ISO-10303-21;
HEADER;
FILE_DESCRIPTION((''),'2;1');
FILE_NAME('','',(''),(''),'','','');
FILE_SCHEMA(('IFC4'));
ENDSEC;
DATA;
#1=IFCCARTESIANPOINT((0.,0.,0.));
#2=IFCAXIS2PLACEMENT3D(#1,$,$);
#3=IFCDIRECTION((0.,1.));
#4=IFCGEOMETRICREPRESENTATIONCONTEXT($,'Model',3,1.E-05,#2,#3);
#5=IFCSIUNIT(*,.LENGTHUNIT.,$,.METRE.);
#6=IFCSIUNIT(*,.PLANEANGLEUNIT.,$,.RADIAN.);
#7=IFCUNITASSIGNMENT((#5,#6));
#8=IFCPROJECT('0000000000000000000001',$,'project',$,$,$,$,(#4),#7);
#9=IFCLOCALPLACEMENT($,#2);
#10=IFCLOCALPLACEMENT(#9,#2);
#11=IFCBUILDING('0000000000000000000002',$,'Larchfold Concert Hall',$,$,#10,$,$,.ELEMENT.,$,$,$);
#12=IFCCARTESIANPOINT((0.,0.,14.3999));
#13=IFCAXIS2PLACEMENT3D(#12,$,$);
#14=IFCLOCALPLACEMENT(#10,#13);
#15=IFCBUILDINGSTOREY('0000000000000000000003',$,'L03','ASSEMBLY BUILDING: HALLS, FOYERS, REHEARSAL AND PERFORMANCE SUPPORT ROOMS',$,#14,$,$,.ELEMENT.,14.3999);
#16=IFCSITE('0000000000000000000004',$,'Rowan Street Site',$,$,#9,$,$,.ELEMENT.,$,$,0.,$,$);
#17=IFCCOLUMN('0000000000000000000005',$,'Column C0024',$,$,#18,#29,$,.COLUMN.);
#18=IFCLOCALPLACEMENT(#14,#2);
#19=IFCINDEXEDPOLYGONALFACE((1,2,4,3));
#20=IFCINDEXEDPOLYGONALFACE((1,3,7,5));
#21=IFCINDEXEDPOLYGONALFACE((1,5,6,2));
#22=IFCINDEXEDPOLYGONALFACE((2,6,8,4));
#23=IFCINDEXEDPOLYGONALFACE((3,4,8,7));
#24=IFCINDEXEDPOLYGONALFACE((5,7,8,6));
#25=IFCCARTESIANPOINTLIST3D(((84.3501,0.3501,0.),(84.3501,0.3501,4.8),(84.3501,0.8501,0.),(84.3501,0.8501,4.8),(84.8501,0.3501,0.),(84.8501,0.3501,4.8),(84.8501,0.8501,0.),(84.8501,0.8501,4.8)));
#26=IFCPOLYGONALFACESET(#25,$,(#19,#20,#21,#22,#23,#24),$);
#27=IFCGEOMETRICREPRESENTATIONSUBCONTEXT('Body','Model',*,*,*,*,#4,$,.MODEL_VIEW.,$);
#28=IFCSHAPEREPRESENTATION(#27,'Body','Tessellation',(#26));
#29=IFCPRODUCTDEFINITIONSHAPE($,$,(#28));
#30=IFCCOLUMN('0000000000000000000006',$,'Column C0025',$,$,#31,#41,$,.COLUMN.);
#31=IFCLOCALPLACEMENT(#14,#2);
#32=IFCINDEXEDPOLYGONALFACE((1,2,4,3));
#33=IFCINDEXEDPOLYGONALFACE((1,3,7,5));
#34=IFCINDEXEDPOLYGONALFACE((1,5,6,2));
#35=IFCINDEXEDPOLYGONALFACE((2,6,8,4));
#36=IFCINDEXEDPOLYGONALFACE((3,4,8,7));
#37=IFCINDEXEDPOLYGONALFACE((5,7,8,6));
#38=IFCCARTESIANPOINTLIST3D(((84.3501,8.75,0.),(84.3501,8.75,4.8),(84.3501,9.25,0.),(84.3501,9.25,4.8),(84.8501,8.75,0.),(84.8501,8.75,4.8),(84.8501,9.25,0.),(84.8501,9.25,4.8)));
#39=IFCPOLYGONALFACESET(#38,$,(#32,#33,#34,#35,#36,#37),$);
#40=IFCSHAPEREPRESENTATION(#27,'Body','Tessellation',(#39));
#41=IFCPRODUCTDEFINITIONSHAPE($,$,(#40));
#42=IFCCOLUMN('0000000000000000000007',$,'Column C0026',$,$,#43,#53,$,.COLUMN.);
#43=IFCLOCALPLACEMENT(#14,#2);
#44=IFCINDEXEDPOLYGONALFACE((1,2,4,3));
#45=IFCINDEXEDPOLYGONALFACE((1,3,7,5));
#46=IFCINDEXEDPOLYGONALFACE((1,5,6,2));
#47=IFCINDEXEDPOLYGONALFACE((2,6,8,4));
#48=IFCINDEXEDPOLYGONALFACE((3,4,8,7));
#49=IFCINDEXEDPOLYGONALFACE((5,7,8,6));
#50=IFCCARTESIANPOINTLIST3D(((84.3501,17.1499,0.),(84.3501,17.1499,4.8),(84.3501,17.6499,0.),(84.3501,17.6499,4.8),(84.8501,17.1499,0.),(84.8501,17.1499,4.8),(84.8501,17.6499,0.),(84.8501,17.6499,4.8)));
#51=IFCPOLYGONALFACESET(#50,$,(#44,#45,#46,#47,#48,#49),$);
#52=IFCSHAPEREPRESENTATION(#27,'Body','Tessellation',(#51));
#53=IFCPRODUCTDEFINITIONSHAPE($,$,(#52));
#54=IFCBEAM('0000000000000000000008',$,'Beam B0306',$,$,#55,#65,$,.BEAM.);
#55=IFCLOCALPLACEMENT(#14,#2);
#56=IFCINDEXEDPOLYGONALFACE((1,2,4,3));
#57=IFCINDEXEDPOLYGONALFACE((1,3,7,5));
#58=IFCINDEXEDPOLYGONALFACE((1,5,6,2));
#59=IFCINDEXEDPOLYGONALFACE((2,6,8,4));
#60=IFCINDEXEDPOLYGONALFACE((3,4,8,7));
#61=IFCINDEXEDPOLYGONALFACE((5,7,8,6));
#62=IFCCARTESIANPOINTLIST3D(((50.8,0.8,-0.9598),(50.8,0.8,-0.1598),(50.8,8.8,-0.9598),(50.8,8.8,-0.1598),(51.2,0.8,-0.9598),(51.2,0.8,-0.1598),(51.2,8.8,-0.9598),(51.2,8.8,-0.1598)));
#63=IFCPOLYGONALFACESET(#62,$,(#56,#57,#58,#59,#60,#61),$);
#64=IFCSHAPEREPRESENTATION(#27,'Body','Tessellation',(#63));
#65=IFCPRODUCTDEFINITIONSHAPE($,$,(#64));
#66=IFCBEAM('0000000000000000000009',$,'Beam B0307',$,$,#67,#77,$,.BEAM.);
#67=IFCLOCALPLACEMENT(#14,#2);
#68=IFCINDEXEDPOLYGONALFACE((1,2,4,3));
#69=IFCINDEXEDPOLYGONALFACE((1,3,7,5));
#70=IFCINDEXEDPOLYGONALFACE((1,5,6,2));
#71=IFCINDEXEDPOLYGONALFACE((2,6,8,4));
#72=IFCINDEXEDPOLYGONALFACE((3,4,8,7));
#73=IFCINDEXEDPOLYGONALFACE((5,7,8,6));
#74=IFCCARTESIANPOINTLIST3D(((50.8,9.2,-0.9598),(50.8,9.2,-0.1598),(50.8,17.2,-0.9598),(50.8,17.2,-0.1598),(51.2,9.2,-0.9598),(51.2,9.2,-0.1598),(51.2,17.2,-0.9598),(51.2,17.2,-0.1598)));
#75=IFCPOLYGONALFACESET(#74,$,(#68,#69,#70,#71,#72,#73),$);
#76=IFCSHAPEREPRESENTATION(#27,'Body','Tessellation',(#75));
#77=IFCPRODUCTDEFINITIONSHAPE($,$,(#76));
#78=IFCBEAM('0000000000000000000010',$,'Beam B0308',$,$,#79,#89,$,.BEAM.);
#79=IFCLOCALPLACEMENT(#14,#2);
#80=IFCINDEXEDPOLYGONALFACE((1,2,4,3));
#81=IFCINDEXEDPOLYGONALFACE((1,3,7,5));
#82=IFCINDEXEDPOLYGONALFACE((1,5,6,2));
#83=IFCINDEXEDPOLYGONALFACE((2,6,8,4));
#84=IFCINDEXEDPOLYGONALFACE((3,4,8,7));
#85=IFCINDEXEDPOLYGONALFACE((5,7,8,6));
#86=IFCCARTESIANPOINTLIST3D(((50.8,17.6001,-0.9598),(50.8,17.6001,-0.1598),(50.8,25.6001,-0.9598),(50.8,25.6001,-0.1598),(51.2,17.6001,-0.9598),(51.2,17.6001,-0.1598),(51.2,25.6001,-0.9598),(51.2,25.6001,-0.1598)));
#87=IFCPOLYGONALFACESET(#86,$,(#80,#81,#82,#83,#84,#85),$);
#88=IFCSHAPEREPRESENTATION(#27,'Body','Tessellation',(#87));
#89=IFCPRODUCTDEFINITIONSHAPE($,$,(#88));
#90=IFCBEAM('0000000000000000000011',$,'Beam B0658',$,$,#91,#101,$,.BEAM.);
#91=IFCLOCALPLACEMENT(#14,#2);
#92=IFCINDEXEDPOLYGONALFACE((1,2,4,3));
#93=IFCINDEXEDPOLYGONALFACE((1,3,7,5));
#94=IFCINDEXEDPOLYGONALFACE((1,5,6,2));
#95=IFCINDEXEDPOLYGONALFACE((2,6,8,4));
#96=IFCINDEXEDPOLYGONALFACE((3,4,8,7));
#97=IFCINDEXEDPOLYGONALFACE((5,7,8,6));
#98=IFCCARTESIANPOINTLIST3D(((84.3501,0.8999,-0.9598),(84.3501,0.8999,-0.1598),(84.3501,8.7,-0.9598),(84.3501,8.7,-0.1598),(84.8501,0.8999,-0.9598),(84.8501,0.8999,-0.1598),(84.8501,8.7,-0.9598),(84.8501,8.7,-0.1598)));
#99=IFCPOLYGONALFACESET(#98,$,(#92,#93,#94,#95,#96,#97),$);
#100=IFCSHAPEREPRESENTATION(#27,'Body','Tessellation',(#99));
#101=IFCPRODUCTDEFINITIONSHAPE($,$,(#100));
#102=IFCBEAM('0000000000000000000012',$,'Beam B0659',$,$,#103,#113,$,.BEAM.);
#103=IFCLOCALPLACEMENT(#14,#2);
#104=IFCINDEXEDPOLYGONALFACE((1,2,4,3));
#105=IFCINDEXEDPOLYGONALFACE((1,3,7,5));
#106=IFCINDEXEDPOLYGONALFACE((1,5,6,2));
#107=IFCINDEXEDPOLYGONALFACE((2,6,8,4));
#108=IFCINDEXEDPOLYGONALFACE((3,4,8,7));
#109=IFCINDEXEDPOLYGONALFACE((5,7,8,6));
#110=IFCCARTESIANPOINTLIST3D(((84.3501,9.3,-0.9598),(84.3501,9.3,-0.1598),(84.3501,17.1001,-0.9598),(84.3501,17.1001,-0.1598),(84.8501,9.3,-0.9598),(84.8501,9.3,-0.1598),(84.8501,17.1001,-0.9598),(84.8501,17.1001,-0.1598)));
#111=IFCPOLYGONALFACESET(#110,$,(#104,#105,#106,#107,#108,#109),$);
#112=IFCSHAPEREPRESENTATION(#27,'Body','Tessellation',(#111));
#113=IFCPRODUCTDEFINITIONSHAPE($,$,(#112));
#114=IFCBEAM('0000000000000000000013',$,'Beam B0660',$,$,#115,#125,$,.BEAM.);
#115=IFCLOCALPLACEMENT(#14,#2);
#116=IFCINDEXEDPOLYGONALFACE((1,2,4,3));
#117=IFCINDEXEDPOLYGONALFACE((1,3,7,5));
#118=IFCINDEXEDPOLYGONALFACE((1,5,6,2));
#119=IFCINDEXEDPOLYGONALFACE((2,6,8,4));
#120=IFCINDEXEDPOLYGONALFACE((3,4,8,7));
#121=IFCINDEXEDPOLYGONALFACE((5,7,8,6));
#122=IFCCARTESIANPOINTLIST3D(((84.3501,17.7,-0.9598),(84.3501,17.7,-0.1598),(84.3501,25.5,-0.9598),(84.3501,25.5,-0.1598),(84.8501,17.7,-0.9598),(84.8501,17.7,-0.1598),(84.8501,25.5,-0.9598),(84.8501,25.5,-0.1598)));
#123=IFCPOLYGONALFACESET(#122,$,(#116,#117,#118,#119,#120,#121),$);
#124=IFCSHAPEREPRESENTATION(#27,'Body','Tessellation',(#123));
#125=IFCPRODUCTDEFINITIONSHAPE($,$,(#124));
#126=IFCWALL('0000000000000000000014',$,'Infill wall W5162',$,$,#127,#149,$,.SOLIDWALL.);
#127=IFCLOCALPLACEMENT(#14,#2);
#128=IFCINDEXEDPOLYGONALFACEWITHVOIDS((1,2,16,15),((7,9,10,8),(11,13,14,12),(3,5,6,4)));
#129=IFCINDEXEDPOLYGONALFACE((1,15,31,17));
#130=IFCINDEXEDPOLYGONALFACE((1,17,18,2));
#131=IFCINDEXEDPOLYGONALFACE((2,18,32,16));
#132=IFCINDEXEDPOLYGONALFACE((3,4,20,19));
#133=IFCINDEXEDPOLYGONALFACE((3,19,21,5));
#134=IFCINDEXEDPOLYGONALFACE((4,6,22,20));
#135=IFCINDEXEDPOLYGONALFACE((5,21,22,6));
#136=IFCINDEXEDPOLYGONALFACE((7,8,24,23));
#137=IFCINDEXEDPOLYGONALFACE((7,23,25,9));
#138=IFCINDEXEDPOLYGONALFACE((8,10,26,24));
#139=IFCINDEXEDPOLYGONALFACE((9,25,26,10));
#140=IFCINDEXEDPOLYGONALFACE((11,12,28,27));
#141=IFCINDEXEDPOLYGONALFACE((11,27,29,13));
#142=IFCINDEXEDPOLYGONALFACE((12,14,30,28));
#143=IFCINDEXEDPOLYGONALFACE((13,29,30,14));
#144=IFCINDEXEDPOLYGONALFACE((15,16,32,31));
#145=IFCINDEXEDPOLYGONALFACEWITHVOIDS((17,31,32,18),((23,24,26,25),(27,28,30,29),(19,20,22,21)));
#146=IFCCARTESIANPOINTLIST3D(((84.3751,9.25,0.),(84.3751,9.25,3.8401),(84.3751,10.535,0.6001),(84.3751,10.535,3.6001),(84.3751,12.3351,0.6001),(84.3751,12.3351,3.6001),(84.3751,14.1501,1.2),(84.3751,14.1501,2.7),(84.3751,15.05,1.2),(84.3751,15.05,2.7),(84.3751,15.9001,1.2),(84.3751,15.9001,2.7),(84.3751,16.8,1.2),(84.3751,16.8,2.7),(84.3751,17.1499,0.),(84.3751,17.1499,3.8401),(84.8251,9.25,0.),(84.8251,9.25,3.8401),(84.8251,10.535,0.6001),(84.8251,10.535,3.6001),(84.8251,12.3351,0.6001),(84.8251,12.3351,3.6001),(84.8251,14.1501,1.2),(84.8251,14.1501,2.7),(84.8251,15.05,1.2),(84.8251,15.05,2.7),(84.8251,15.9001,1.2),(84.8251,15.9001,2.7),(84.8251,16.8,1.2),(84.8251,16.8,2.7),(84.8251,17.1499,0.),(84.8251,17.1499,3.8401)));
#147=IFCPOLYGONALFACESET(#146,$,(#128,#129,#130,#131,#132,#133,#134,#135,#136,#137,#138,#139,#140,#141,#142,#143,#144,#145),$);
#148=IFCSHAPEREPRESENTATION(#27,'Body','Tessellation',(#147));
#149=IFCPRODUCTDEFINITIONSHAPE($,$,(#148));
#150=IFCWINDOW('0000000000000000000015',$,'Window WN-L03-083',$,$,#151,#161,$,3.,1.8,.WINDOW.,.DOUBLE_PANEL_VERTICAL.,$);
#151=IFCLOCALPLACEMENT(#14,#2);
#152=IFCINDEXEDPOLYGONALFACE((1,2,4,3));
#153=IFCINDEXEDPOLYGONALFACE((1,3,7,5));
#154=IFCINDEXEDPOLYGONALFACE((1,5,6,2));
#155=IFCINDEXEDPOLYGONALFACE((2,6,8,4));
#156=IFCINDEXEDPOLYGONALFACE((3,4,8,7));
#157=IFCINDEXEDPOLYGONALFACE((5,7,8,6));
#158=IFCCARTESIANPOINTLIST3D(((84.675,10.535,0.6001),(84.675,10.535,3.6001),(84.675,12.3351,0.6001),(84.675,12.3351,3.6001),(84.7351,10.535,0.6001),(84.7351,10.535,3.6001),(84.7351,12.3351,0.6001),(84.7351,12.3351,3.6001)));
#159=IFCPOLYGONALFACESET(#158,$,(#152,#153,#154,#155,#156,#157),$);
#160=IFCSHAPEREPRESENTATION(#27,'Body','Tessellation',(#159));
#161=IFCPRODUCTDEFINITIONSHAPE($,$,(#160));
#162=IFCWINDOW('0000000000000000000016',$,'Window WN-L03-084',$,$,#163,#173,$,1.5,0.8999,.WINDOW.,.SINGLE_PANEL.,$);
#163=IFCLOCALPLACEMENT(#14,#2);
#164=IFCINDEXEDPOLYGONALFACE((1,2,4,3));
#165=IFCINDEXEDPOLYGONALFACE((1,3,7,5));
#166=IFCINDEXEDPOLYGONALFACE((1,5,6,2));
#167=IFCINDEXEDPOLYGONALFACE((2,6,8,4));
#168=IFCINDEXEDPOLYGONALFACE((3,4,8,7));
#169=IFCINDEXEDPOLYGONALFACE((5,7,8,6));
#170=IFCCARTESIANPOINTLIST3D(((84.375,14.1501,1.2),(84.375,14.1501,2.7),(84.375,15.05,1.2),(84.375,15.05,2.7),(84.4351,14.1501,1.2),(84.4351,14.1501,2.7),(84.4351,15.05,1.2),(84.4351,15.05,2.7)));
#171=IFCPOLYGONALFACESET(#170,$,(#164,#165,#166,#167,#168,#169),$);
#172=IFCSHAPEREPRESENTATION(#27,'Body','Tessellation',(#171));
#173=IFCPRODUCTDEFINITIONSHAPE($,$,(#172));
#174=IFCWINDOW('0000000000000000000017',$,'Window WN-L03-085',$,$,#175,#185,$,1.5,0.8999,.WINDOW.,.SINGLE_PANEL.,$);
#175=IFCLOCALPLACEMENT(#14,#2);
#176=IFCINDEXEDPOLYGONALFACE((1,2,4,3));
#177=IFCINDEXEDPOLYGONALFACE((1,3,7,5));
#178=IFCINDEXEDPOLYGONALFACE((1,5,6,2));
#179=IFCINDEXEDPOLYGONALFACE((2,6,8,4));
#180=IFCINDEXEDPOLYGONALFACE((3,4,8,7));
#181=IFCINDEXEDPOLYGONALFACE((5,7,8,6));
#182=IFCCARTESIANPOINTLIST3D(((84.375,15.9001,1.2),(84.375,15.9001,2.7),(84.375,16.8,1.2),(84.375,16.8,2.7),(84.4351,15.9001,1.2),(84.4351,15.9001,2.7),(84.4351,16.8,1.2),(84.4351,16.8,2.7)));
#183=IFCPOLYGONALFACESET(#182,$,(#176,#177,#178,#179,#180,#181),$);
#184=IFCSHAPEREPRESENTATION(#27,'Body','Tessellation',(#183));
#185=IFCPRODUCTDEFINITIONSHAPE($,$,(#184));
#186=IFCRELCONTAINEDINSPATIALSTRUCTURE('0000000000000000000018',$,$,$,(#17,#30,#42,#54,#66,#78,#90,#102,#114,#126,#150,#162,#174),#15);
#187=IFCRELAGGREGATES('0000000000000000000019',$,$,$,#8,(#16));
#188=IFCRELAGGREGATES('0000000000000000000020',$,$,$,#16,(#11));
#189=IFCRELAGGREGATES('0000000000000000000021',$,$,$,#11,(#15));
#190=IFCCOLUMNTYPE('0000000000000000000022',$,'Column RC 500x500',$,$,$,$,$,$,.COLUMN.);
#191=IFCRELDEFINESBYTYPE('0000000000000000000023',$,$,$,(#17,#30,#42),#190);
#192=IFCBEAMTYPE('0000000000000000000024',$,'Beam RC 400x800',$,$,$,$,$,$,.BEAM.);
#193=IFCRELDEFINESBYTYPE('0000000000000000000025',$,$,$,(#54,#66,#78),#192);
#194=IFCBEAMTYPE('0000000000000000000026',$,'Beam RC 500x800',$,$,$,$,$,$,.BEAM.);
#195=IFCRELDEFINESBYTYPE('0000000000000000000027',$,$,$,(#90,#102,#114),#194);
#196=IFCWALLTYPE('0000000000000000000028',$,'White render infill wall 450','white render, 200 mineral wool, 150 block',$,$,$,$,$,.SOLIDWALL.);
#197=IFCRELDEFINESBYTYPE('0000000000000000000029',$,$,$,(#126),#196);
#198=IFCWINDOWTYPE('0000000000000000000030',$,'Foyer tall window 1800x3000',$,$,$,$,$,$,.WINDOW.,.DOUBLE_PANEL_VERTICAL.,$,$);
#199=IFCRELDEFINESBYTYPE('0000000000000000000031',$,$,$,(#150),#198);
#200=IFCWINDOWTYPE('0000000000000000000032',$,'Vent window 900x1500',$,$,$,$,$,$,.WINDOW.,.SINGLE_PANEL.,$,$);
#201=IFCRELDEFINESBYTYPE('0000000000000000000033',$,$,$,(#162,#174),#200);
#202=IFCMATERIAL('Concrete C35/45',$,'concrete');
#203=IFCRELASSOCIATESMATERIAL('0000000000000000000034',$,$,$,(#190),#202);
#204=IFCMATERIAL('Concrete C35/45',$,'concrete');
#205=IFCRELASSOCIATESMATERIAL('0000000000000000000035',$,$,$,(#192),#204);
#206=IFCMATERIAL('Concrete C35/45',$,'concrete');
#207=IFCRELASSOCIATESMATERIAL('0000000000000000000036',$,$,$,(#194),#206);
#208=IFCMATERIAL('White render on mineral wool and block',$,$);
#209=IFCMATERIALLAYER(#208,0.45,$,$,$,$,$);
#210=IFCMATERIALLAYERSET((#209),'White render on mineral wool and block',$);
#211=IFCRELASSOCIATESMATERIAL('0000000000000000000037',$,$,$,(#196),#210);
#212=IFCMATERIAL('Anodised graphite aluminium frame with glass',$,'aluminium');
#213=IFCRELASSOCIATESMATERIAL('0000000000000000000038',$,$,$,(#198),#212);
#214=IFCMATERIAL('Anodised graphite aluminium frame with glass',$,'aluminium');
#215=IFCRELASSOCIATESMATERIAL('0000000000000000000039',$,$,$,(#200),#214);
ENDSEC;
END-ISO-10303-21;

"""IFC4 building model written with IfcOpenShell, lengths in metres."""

from ifc_helpers import new_model, si_unit, direction, frame, frame_2d, origin, origin_2d, place, context, subcontext, project, spatial, rectangle, extrude, material, layer, layer_set, material_profile, profile_set, type_object, element, fill, save


model = new_model("IFC4")

# Units and contexts
model_context = context("Model", 3, precision=1e-05, world=origin(), true_north=direction((0.0, 1.0)))
body_context = subcontext(model_context, "Body", "Model", "MODEL_VIEW")
ifc_project = project(units=[si_unit("LENGTHUNIT", "METRE"), si_unit("PLANEANGLEUNIT", "RADIAN")], contexts=[model_context])

# Site, building, storey
site_placement = place(None, origin())
site = spatial("IfcSite", under=ifc_project, at=site_placement, Name="Rowan Street Site", CompositionType="ELEMENT", RefElevation=0.0)
building_placement = place(site_placement, origin())
building = spatial("IfcBuilding", under=site, at=building_placement, Name="Larchfold Concert Hall", CompositionType="ELEMENT")
storey_placement = place(building_placement, frame((0.0, 0.0, 14.3999)))
storey = spatial("IfcBuildingStorey", under=building, at=storey_placement, Name="L03", Description="ASSEMBLY BUILDING: HALLS, FOYERS, REHEARSAL AND PERFORMANCE SUPPORT ROOMS", CompositionType="ELEMENT", Elevation=14.3999)

# Columns
ifc_material_1 = material(Name="Concrete C35/45", Category="concrete")
ifc_material_profile_1 = material_profile(ifc_material_1, rectangle(XDim=0.5, YDim=0.5, at=origin_2d()))
ifc_profile_set_1 = profile_set([ifc_material_profile_1], Name="Concrete C35/45")
column_type = type_object("IfcColumnType", Name="Column RC 500x500", PredefinedType="COLUMN", material=ifc_profile_set_1)
for number, where, z_axis, x_axis, name in (
    (1, (84.6001, 0.6001, 0.0), (0.0, 0.0, 1.0), (1.0, 0.0, 0.0), "Column C0024"),
    (2, (84.6001, 9.0, 0.0), (0.0, 0.0, 1.0), (1.0, 0.0, 0.0), "Column C0025"),
    (3, (84.6001, 17.3999, 0.0), (0.0, 0.0, 1.0), (1.0, 0.0, 0.0), "Column C0026"),
):
    element("IfcColumn", number, at=place(storey_placement, frame(where, z_axis=z_axis, x_axis=x_axis)), inside=storey, type_object=column_type, Name=name, PredefinedType="COLUMN", context=body_context, shape_type="SweptSolid", body=[
        extrude(rectangle(XDim=0.5, YDim=0.5, at=origin_2d()), origin(), (0.0, 0.0, 1.0), 4.8),
    ])

# Beams
ifc_material_2 = material(Name="Concrete C35/45", Category="concrete")
ifc_material_profile_2 = material_profile(ifc_material_2, rectangle(XDim=0.3999, YDim=0.8, at=origin_2d()))
ifc_profile_set_2 = profile_set([ifc_material_profile_2], Name="Concrete C35/45")
beam_type_1 = type_object("IfcBeamType", Name="Beam RC 400x800", PredefinedType="BEAM", material=ifc_profile_set_2)
for number, where, z_axis, x_axis, name in (
    (4, (51.0, 0.8, -0.5598), (0.0, 1.0, 0.0), (-1.0, 0.0, 0.0), "Beam B0306"),
    (5, (51.0, 9.2, -0.5598), (0.0, 1.0, 0.0), (-1.0, 0.0, 0.0), "Beam B0307"),
    (6, (51.0, 17.6001, -0.5598), (0.0, 1.0, 0.0), (-1.0, 0.0, 0.0), "Beam B0308"),
):
    element("IfcBeam", number, at=place(storey_placement, frame(where, z_axis=z_axis, x_axis=x_axis)), inside=storey, type_object=beam_type_1, Name=name, PredefinedType="BEAM", context=body_context, shape_type="SweptSolid", body=[
        extrude(rectangle(XDim=0.3999, YDim=0.8, at=origin_2d()), origin(), (0.0, 0.0, 1.0), 8.0),
    ])
ifc_material_3 = material(Name="Concrete C35/45", Category="concrete")
ifc_material_profile_3 = material_profile(ifc_material_3, rectangle(XDim=0.5, YDim=0.8, at=origin_2d()))
ifc_profile_set_3 = profile_set([ifc_material_profile_3], Name="Concrete C35/45")
beam_type_2 = type_object("IfcBeamType", Name="Beam RC 500x800", PredefinedType="BEAM", material=ifc_profile_set_3)
for number, where, z_axis, x_axis, name in (
    (7, (84.6001, 0.8999, -0.5598), (0.0, 1.0, 0.0), (-1.0, 0.0, 0.0), "Beam B0658"),
    (8, (84.6001, 9.3, -0.5598), (0.0, 1.0, 0.0), (-1.0, 0.0, 0.0), "Beam B0659"),
    (9, (84.6001, 17.7, -0.5598), (0.0, 1.0, 0.0), (-1.0, 0.0, 0.0), "Beam B0660"),
):
    element("IfcBeam", number, at=place(storey_placement, frame(where, z_axis=z_axis, x_axis=x_axis)), inside=storey, type_object=beam_type_2, Name=name, PredefinedType="BEAM", context=body_context, shape_type="SweptSolid", body=[
        extrude(rectangle(XDim=0.5, YDim=0.8, at=origin_2d()), origin(), (0.0, 0.0, 1.0), 7.8),
    ])

# Wall, openings, windows
ifc_material_4 = material(Name="White render on mineral wool and block")
ifc_layer_1 = layer(ifc_material_4, 0.45)
ifc_layer_set_1 = layer_set([ifc_layer_1], Name="White render on mineral wool and block")
wall_type = type_object("IfcWallType", Name="White render infill wall 450", Description="white render, 200 mineral wool, 150 block", PredefinedType="SOLIDWALL", material=ifc_layer_set_1)
wall_1_placement = place(storey_placement, frame((84.6001, 17.1499, 0.0), z_axis=(0.0, 0.0, 1.0), x_axis=(0.0, -1.0, 0.0)))
wall_1 = element("IfcWall", 10, at=wall_1_placement, inside=storey, type_object=wall_type, Name="Infill wall W5162", PredefinedType="SOLIDWALL", context=body_context, shape_type="SweptSolid", body=[
    extrude(rectangle(XDim=7.8999, YDim=0.45, at=frame_2d((3.95, 0.0))), origin(), (0.0, 0.0, 1.0), 3.8401),
])
opening_1_placement = place(wall_1_placement, frame((4.8149, 0.0, 0.6001)))
opening_1 = element("IfcOpeningElement", 11, at=opening_1_placement, cuts=wall_1, PredefinedType="OPENING", context=body_context, shape_type="SweptSolid", body=[
    extrude(rectangle(XDim=1.8, YDim=3.0, at=frame_2d((0.8999, 1.5))), frame((0.0, 0.2349, 0.0), z_axis=(0.0, -1.0, 0.0), x_axis=(1.0, 0.0, 0.0)), (0.0, 0.0, 1.0), 0.47),
])
opening_2_placement = place(wall_1_placement, frame((2.0999, 0.0, 1.2)))
opening_2 = element("IfcOpeningElement", 12, at=opening_2_placement, cuts=wall_1, PredefinedType="OPENING", context=body_context, shape_type="SweptSolid", body=[
    extrude(rectangle(XDim=0.8999, YDim=1.5, at=frame_2d((0.45, 0.75))), frame((0.0, 0.2349, 0.0), z_axis=(0.0, -1.0, 0.0), x_axis=(1.0, 0.0, 0.0)), (0.0, 0.0, 1.0), 0.47),
])
opening_3_placement = place(wall_1_placement, frame((0.3499, 0.0, 1.2)))
opening_3 = element("IfcOpeningElement", 13, at=opening_3_placement, cuts=wall_1, PredefinedType="OPENING", context=body_context, shape_type="SweptSolid", body=[
    extrude(rectangle(XDim=0.8999, YDim=1.5, at=frame_2d((0.45, 0.75))), frame((0.0, 0.2349, 0.0), z_axis=(0.0, -1.0, 0.0), x_axis=(1.0, 0.0, 0.0)), (0.0, 0.0, 1.0), 0.47),
])
ifc_material_5 = material(Name="Anodised graphite aluminium frame with glass", Category="aluminium")
window_type_1 = type_object("IfcWindowType", Name="Foyer tall window 1800x3000", PartitioningType="DOUBLE_PANEL_VERTICAL", PredefinedType="WINDOW", material=ifc_material_5)
window_1_placement = place(opening_1_placement, origin())
window_1 = element("IfcWindow", 14, at=window_1_placement, inside=storey, type_object=window_type_1, Name="Window WN-L03-083", OverallHeight=3.0, OverallWidth=1.8, PartitioningType="DOUBLE_PANEL_VERTICAL", PredefinedType="WINDOW", context=body_context, shape_type="SweptSolid", body=[
    extrude(rectangle(XDim=1.8, YDim=3.0, at=frame_2d((0.8999, 1.5))), frame((0.0, 0.135, 0.0), z_axis=(0.0, -1.0, 0.0), x_axis=(1.0, 0.0, 0.0)), (0.0, 0.0, 1.0), 0.0601),
])
fill(opening_1, window_1)
ifc_material_6 = material(Name="Anodised graphite aluminium frame with glass", Category="aluminium")
window_type_2 = type_object("IfcWindowType", Name="Vent window 900x1500", PartitioningType="SINGLE_PANEL", PredefinedType="WINDOW", material=ifc_material_6)
window_2_placement = place(opening_2_placement, origin())
window_2 = element("IfcWindow", 15, at=window_2_placement, inside=storey, type_object=window_type_2, Name="Window WN-L03-084", OverallHeight=1.5, OverallWidth=0.8999, PartitioningType="SINGLE_PANEL", PredefinedType="WINDOW", context=body_context, shape_type="SweptSolid", body=[
    extrude(rectangle(XDim=0.8999, YDim=1.5, at=frame_2d((0.45, 0.75))), frame((0.0, -0.165, 0.0), z_axis=(0.0, -1.0, 0.0), x_axis=(1.0, 0.0, 0.0)), (0.0, 0.0, 1.0), 0.0601),
])
fill(opening_2, window_2)
window_3_placement = place(opening_3_placement, origin())
window_3 = element("IfcWindow", 16, at=window_3_placement, inside=storey, type_object=window_type_2, Name="Window WN-L03-085", OverallHeight=1.5, OverallWidth=0.8999, PartitioningType="SINGLE_PANEL", PredefinedType="WINDOW", context=body_context, shape_type="SweptSolid", body=[
    extrude(rectangle(XDim=0.8999, YDim=1.5, at=frame_2d((0.45, 0.75))), frame((0.0, -0.165, 0.0), z_axis=(0.0, -1.0, 0.0), x_axis=(1.0, 0.0, 0.0)), (0.0, 0.0, 1.0), 0.0601),
])
fill(opening_3, window_3)

save(model, "model.ifc")
